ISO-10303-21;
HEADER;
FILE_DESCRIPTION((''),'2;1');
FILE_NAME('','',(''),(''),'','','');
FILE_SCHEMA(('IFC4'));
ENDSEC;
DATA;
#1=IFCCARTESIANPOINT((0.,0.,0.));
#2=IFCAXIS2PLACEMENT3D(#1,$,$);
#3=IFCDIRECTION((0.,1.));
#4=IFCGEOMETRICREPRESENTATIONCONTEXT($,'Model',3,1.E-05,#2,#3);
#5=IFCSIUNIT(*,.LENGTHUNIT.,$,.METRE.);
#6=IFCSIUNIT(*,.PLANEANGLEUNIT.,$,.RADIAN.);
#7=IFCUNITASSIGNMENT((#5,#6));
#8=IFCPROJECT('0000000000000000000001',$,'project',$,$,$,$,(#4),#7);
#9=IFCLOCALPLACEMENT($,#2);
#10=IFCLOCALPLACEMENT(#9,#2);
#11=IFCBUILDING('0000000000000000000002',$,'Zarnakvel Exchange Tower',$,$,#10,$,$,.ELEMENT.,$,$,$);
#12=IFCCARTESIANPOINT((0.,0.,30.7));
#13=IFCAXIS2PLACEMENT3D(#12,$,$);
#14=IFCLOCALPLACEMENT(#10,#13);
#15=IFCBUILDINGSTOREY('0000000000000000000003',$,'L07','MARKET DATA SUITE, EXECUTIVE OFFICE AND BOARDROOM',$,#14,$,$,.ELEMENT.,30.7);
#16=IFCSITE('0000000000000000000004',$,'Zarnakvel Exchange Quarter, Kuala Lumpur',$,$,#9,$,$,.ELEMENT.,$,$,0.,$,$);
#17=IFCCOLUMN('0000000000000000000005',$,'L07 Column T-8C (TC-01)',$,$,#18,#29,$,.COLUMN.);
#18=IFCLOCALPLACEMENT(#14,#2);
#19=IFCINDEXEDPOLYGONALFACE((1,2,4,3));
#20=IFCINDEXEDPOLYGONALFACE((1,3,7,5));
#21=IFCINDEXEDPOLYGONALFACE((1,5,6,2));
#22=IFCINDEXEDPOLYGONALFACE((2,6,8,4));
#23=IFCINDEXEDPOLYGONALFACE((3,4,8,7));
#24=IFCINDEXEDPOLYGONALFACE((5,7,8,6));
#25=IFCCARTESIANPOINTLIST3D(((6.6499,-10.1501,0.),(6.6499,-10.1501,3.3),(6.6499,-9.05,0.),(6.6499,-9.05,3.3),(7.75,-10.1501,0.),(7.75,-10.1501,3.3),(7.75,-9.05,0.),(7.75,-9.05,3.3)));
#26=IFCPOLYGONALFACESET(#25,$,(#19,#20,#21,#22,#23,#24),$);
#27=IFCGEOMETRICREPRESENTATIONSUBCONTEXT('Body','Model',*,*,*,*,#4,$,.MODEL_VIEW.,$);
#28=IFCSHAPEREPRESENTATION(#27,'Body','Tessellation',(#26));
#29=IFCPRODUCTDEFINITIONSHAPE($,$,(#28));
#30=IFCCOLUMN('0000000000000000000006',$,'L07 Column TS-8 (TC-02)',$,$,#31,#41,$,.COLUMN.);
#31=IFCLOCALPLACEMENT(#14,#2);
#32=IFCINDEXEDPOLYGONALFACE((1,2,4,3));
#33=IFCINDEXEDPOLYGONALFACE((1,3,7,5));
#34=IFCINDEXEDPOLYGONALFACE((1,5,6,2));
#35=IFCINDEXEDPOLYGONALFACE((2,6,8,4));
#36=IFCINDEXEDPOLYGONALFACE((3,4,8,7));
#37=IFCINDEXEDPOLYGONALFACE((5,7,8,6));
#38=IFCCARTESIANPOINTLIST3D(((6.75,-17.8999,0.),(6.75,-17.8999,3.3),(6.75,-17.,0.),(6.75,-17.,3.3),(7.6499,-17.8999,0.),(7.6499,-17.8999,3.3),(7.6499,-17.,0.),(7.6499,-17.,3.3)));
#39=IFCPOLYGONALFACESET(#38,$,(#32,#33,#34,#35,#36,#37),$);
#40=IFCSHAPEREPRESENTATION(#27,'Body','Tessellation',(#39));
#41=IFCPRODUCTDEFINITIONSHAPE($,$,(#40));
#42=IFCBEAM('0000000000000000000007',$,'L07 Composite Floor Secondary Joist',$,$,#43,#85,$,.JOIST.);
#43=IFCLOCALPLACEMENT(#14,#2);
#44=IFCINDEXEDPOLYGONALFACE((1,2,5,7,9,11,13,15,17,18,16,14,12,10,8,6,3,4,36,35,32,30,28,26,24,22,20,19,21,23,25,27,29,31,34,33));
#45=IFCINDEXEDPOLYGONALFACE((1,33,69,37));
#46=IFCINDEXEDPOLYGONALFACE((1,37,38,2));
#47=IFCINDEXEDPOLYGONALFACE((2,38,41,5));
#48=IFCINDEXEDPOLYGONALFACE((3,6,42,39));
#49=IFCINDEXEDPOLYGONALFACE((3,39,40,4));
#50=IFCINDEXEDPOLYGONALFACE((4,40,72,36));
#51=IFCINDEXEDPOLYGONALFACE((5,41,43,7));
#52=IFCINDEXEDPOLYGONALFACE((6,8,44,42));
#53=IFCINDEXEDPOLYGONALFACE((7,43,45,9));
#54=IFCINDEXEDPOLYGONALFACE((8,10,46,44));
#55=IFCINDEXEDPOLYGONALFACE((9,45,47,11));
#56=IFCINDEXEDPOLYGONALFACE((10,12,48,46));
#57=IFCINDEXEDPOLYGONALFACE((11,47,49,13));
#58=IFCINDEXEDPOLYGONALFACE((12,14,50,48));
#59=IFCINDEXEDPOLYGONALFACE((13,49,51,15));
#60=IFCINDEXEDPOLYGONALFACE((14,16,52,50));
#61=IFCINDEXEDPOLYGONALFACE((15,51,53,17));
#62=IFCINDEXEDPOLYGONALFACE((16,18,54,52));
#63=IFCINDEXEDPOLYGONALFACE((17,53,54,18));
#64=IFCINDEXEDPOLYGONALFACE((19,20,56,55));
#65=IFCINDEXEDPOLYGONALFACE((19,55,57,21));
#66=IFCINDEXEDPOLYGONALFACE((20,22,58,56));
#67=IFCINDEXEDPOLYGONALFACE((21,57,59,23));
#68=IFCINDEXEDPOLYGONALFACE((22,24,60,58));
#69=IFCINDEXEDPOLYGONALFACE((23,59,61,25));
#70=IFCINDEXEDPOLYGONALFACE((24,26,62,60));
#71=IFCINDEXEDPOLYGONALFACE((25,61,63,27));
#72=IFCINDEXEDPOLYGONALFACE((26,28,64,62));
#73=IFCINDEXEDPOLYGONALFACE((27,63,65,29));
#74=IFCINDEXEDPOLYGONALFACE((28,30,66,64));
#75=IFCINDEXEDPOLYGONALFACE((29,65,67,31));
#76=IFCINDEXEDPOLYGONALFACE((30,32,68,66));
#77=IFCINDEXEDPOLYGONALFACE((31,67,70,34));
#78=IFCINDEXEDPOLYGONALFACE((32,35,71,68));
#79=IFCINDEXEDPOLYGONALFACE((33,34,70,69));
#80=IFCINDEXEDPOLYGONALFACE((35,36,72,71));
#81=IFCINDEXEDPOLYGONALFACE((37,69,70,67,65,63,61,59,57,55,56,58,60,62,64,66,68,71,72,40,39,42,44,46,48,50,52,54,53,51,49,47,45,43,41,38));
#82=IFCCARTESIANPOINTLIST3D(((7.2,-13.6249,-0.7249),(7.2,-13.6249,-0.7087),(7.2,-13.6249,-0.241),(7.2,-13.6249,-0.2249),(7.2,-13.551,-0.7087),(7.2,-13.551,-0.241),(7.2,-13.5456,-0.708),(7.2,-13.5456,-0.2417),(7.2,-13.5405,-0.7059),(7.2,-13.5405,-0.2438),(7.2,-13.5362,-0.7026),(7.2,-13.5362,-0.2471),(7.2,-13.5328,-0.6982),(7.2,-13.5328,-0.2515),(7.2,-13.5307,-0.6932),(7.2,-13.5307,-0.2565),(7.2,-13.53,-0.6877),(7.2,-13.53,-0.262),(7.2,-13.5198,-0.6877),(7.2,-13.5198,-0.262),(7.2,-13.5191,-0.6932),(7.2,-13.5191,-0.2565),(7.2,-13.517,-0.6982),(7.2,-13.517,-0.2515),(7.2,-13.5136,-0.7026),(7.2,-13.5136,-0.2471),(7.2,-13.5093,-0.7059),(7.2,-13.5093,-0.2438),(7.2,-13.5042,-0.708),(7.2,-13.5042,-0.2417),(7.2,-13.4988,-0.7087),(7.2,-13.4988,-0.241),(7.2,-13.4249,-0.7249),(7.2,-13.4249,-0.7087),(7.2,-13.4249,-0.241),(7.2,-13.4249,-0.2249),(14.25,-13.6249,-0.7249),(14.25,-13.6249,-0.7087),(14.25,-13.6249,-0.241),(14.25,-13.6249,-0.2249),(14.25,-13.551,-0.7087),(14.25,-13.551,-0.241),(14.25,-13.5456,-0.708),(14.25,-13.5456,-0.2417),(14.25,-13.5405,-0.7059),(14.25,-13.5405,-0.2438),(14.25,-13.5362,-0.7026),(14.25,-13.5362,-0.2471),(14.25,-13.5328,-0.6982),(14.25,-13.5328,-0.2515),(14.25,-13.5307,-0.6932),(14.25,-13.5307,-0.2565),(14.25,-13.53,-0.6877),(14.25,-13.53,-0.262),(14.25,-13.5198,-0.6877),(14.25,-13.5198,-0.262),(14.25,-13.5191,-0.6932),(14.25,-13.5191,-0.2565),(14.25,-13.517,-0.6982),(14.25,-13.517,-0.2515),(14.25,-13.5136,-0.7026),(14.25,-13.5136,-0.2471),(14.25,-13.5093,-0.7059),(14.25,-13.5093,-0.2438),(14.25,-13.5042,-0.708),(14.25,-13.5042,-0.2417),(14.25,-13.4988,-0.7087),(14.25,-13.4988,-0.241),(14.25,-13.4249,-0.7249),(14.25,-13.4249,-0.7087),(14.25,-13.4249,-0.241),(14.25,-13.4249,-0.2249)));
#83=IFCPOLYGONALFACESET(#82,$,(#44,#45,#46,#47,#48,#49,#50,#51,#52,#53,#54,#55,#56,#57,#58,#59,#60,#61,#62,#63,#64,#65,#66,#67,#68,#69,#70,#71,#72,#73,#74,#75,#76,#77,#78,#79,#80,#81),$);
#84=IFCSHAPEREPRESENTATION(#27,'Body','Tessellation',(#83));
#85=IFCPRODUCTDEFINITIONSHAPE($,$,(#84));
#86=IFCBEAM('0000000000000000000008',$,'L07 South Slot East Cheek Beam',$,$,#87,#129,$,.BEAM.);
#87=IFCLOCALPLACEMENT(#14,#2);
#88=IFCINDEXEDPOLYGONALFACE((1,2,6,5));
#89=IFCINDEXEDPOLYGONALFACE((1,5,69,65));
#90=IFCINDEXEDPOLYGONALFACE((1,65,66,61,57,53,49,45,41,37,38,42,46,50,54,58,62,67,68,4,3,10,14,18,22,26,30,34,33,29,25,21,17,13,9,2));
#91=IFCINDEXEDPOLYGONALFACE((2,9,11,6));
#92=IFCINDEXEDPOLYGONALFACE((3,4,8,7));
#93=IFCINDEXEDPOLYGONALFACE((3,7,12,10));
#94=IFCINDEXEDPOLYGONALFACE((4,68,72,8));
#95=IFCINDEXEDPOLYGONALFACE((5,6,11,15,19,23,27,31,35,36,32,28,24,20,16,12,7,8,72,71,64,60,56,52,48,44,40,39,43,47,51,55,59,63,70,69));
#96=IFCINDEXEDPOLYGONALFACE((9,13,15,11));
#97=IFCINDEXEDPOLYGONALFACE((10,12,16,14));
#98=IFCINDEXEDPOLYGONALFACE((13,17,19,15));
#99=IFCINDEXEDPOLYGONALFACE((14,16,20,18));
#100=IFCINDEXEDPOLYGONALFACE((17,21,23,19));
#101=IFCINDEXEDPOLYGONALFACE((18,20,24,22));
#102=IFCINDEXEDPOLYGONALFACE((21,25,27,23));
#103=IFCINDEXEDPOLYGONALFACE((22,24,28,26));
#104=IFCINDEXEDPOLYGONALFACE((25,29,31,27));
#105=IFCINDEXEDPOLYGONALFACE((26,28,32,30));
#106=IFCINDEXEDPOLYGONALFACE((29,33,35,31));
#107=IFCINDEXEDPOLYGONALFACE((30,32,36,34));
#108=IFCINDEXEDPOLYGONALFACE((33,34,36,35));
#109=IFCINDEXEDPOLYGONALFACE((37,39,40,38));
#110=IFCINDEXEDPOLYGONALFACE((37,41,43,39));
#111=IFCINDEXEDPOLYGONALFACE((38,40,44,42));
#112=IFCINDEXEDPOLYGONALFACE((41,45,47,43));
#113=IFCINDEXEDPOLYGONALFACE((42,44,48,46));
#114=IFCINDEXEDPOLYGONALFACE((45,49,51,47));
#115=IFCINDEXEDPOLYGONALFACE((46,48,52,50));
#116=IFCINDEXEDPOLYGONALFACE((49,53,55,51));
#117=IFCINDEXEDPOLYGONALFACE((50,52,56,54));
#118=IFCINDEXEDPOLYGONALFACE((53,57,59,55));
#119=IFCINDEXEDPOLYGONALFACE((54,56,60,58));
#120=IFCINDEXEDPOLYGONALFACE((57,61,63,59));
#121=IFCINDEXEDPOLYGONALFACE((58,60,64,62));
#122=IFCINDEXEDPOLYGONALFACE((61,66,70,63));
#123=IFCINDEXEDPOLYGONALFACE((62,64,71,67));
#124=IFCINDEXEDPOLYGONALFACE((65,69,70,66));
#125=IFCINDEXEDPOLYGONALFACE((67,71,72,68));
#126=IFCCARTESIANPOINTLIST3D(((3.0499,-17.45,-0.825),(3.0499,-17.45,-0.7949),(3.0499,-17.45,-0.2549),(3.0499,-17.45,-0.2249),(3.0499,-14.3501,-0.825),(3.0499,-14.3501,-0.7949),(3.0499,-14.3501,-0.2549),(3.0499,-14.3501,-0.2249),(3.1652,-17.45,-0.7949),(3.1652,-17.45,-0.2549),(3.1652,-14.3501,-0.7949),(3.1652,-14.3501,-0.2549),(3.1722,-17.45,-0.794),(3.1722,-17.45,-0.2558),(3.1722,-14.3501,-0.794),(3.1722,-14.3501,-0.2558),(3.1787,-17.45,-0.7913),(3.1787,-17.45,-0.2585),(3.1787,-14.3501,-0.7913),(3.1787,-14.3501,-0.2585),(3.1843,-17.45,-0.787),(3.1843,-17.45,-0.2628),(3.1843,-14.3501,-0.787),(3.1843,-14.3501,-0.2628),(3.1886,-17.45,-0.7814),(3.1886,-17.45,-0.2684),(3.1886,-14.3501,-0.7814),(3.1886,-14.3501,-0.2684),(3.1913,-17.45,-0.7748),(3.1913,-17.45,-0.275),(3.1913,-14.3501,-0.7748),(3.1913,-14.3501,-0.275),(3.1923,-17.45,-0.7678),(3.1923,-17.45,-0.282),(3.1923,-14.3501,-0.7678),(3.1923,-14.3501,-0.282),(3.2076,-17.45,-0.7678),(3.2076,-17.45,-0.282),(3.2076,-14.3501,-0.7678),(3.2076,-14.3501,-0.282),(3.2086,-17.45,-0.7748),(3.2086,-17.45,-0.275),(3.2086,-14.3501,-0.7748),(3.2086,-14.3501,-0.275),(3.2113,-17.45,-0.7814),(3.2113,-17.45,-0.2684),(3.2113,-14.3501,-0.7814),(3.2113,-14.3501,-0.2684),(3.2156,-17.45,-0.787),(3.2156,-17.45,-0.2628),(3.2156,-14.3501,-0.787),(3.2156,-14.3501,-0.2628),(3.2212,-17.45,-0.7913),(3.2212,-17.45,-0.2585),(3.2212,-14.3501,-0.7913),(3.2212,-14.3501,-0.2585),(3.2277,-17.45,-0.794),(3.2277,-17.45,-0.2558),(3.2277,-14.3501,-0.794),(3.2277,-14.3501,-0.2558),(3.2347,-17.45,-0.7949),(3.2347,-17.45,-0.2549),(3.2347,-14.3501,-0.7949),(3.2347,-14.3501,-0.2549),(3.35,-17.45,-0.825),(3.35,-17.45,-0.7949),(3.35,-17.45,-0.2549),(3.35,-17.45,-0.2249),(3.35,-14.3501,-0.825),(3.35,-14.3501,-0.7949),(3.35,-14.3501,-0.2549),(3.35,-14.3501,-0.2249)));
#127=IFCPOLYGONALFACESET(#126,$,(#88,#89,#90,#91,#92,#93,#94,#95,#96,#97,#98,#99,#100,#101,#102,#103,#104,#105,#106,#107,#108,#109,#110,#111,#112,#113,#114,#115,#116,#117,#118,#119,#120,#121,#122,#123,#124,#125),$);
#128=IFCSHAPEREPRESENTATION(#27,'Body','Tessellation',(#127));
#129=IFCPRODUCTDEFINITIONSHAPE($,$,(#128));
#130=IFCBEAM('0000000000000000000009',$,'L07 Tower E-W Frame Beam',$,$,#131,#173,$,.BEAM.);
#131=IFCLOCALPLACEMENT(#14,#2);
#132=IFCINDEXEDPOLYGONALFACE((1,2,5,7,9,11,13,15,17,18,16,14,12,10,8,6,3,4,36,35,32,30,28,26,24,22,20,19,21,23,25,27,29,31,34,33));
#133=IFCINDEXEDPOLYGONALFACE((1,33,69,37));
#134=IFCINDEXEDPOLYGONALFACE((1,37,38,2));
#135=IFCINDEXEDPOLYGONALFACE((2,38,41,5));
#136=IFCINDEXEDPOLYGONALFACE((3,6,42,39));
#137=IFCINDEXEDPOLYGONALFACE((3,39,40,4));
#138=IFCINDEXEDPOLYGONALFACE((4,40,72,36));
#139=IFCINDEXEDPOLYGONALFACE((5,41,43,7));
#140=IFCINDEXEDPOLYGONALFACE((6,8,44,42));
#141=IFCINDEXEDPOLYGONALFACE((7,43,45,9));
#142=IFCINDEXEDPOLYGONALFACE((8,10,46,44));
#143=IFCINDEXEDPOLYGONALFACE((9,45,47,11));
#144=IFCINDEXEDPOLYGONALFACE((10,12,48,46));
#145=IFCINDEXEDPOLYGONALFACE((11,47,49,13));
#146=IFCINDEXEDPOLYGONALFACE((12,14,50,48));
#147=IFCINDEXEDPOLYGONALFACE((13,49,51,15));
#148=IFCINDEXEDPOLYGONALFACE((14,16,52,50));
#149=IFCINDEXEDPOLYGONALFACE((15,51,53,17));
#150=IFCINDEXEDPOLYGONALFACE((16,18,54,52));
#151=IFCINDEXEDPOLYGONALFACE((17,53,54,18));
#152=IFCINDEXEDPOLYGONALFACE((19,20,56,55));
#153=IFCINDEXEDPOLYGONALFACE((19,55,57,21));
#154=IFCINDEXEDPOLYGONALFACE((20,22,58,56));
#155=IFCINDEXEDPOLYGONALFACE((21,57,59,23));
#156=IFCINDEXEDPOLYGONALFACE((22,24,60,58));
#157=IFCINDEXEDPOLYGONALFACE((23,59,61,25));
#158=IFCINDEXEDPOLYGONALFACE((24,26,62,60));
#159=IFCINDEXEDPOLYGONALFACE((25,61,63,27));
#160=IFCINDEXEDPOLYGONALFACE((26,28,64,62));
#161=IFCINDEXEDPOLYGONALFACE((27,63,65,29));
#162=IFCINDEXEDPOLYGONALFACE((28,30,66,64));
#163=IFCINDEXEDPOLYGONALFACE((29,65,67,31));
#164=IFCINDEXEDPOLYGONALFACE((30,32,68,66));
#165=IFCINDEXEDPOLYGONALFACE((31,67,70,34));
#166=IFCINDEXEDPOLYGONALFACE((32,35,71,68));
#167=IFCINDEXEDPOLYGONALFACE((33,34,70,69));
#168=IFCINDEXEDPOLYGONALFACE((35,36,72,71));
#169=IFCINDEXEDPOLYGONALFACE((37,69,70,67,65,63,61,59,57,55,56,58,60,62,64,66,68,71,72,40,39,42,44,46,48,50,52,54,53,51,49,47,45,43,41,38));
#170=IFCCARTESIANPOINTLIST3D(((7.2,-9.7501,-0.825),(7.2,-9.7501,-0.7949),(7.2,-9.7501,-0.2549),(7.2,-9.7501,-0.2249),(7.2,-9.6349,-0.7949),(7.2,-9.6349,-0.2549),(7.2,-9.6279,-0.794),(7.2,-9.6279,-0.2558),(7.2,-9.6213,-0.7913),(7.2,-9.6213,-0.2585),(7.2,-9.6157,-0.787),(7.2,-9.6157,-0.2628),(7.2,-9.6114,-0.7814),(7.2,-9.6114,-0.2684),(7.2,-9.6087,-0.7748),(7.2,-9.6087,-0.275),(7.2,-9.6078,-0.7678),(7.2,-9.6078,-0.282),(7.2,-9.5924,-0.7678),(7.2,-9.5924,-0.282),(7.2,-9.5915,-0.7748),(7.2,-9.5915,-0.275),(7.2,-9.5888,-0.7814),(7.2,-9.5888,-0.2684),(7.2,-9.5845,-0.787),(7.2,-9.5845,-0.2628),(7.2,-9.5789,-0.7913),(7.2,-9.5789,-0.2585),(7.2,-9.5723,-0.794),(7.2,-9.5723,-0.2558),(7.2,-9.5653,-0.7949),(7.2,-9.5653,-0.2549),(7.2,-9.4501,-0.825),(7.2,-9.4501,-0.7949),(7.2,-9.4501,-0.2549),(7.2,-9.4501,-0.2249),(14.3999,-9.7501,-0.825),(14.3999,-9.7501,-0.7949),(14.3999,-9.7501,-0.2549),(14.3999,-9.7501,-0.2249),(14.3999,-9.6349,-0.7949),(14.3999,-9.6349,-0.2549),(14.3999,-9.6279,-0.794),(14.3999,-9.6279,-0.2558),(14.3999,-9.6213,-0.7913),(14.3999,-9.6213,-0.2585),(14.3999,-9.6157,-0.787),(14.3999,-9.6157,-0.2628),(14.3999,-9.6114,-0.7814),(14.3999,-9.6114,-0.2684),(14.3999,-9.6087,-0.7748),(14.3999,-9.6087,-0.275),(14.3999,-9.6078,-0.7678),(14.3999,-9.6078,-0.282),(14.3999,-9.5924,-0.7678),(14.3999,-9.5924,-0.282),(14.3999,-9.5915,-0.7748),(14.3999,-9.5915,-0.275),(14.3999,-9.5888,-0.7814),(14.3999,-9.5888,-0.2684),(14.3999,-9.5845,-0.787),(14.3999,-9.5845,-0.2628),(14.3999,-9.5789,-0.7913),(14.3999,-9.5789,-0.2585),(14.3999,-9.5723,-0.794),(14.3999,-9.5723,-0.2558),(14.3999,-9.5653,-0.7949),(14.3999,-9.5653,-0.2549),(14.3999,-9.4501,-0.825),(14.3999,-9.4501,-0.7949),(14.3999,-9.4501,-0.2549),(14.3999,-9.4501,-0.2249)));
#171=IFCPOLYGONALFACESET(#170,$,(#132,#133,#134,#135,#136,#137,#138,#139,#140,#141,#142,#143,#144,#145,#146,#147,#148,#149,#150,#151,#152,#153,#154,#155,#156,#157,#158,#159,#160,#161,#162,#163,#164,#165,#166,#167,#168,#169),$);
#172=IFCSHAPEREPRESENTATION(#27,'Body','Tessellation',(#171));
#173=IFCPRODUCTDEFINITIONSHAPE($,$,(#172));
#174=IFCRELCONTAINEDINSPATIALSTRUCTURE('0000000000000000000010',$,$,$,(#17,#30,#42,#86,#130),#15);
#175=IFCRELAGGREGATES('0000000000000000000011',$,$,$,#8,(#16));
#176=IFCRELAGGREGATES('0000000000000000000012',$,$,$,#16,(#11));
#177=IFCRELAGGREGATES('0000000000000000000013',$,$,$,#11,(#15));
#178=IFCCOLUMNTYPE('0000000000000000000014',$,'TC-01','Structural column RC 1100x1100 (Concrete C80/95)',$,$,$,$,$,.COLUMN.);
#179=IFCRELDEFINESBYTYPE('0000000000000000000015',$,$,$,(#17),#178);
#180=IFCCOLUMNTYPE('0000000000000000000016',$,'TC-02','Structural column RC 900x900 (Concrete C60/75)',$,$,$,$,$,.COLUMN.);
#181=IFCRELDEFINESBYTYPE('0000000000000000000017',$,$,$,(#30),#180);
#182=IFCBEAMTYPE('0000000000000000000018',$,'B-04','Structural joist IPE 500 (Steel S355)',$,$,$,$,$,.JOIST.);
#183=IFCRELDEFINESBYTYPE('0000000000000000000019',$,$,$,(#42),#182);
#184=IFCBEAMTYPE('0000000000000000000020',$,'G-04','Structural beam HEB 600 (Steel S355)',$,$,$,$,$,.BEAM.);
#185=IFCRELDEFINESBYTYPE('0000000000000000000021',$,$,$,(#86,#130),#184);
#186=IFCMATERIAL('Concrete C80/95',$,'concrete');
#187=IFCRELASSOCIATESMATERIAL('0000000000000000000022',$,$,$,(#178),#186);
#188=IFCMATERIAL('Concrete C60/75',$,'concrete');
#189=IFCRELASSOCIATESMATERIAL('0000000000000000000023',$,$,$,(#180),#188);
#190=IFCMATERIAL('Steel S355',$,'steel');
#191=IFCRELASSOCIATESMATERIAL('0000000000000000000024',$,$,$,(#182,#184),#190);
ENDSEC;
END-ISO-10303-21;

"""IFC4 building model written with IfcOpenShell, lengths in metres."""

from ifc_helpers import new_model, si_unit, direction, frame, origin, origin_2d, place, context, subcontext, project, spatial, rectangle, i_section, extrude, material, material_profile, profile_set, type_object, element, save


model = new_model("IFC4")

# Units and contexts
model_context = context("Model", 3, precision=1e-05, world=origin(), true_north=direction((0.0, 1.0)))
body_context = subcontext(model_context, "Body", "Model", "MODEL_VIEW")
ifc_project = project(units=[si_unit("LENGTHUNIT", "METRE"), si_unit("PLANEANGLEUNIT", "RADIAN")], contexts=[model_context])

# Site, building, storey
site_placement = place(None, origin())
site = spatial("IfcSite", under=ifc_project, at=site_placement, Name="Zarnakvel Exchange Quarter, Kuala Lumpur", CompositionType="ELEMENT", RefElevation=0.0)
building_placement = place(site_placement, origin())
building = spatial("IfcBuilding", under=site, at=building_placement, Name="Zarnakvel Exchange Tower", CompositionType="ELEMENT")
storey_placement = place(building_placement, frame((0.0, 0.0, 30.7)))
storey = spatial("IfcBuildingStorey", under=building, at=storey_placement, Name="L07", Description="MARKET DATA SUITE, EXECUTIVE OFFICE AND BOARDROOM", CompositionType="ELEMENT", Elevation=30.7)

# Columns
ifc_material_1 = material(Name="Concrete C80/95", Category="concrete")
ifc_material_profile_1 = material_profile(ifc_material_1, rectangle(XDim=1.1001, YDim=1.1001, at=origin_2d()))
ifc_profile_set_1 = profile_set([ifc_material_profile_1], Name="Concrete C80/95")
column_type_1 = type_object("IfcColumnType", Name="TC-01", Description="Structural column RC 1100x1100 (Concrete C80/95)", PredefinedType="COLUMN", material=ifc_profile_set_1)
column_1_placement = place(storey_placement, frame((7.2, -9.6001, 0.0), z_axis=(0.0, 0.0, 1.0), x_axis=(1.0, 0.0, 0.0)))
element("IfcColumn", 1, at=column_1_placement, inside=storey, type_object=column_type_1, Name="L07 Column T-8C (TC-01)", PredefinedType="COLUMN", context=body_context, shape_type="SweptSolid", body=[
    extrude(rectangle(XDim=1.1001, YDim=1.1001, at=origin_2d()), origin(), (0.0, 0.0, 1.0), 3.3),
])
ifc_material_2 = material(Name="Concrete C60/75", Category="concrete")
ifc_material_profile_2 = material_profile(ifc_material_2, rectangle(XDim=0.8999, YDim=0.8999, at=origin_2d()))
ifc_profile_set_2 = profile_set([ifc_material_profile_2], Name="Concrete C60/75")
column_type_2 = type_object("IfcColumnType", Name="TC-02", Description="Structural column RC 900x900 (Concrete C60/75)", PredefinedType="COLUMN", material=ifc_profile_set_2)
column_2_placement = place(storey_placement, frame((7.2, -17.45, 0.0), z_axis=(0.0, 0.0, 1.0), x_axis=(1.0, 0.0, 0.0)))
element("IfcColumn", 2, at=column_2_placement, inside=storey, type_object=column_type_2, Name="L07 Column TS-8 (TC-02)", PredefinedType="COLUMN", context=body_context, shape_type="SweptSolid", body=[
    extrude(rectangle(XDim=0.8999, YDim=0.8999, at=origin_2d()), origin(), (0.0, 0.0, 1.0), 3.3),
])

# Beams
ifc_material_3 = material(Name="Steel S355", Category="steel")
ifc_material_profile_3 = material_profile(ifc_material_3, i_section(OverallWidth=0.2, OverallDepth=0.5, WebThickness=0.0103, FlangeThickness=0.0161, FilletRadius=0.021, at=origin_2d()))
ifc_profile_set_3 = profile_set([ifc_material_profile_3], Name="Steel S355")
beam_type_1 = type_object("IfcBeamType", Name="B-04", Description="Structural joist IPE 500 (Steel S355)", PredefinedType="JOIST", material=ifc_profile_set_3)
beam_1_placement = place(storey_placement, frame((7.2, -13.5249, -0.4749), z_axis=(1.0, 0.0, 0.0), x_axis=(0.0, 1.0, 0.0)))
element("IfcBeam", 3, at=beam_1_placement, inside=storey, type_object=beam_type_1, Name="L07 Composite Floor Secondary Joist", PredefinedType="JOIST", context=body_context, shape_type="SweptSolid", body=[
    extrude(i_section(OverallWidth=0.2, OverallDepth=0.5, WebThickness=0.0103, FlangeThickness=0.0161, FilletRadius=0.021, at=origin_2d()), origin(), (0.0, 0.0, 1.0), 7.05),
])
ifc_material_profile_4 = material_profile(ifc_material_3, i_section(OverallWidth=0.3, OverallDepth=0.6001, WebThickness=0.0154, FlangeThickness=0.03, FilletRadius=0.0271, at=origin_2d()))
ifc_profile_set_4 = profile_set([ifc_material_profile_4], Name="Steel S355")
beam_type_2 = type_object("IfcBeamType", Name="G-04", Description="Structural beam HEB 600 (Steel S355)", PredefinedType="BEAM", material=ifc_profile_set_4)
beam_2_placement = place(storey_placement, frame((3.2, -17.45, -0.5249), z_axis=(0.0, 1.0, 0.0), x_axis=(-1.0, 0.0, 0.0)))
element("IfcBeam", 4, at=beam_2_placement, inside=storey, type_object=beam_type_2, Name="L07 South Slot East Cheek Beam", PredefinedType="BEAM", context=body_context, shape_type="SweptSolid", body=[
    extrude(i_section(OverallWidth=0.3, OverallDepth=0.6001, WebThickness=0.0154, FlangeThickness=0.03, FilletRadius=0.0271, at=origin_2d()), origin(), (0.0, 0.0, 1.0), 3.0999),
])
beam_3_placement = place(storey_placement, frame((7.2, -9.6001, -0.5249), z_axis=(1.0, 0.0, 0.0), x_axis=(0.0, 1.0, 0.0)))
element("IfcBeam", 5, at=beam_3_placement, inside=storey, type_object=beam_type_2, Name="L07 Tower E-W Frame Beam", PredefinedType="BEAM", context=body_context, shape_type="SweptSolid", body=[
    extrude(i_section(OverallWidth=0.3, OverallDepth=0.6001, WebThickness=0.0154, FlangeThickness=0.03, FilletRadius=0.0271, at=origin_2d()), origin(), (0.0, 0.0, 1.0), 7.2),
])

save(model, "model.ifc")
